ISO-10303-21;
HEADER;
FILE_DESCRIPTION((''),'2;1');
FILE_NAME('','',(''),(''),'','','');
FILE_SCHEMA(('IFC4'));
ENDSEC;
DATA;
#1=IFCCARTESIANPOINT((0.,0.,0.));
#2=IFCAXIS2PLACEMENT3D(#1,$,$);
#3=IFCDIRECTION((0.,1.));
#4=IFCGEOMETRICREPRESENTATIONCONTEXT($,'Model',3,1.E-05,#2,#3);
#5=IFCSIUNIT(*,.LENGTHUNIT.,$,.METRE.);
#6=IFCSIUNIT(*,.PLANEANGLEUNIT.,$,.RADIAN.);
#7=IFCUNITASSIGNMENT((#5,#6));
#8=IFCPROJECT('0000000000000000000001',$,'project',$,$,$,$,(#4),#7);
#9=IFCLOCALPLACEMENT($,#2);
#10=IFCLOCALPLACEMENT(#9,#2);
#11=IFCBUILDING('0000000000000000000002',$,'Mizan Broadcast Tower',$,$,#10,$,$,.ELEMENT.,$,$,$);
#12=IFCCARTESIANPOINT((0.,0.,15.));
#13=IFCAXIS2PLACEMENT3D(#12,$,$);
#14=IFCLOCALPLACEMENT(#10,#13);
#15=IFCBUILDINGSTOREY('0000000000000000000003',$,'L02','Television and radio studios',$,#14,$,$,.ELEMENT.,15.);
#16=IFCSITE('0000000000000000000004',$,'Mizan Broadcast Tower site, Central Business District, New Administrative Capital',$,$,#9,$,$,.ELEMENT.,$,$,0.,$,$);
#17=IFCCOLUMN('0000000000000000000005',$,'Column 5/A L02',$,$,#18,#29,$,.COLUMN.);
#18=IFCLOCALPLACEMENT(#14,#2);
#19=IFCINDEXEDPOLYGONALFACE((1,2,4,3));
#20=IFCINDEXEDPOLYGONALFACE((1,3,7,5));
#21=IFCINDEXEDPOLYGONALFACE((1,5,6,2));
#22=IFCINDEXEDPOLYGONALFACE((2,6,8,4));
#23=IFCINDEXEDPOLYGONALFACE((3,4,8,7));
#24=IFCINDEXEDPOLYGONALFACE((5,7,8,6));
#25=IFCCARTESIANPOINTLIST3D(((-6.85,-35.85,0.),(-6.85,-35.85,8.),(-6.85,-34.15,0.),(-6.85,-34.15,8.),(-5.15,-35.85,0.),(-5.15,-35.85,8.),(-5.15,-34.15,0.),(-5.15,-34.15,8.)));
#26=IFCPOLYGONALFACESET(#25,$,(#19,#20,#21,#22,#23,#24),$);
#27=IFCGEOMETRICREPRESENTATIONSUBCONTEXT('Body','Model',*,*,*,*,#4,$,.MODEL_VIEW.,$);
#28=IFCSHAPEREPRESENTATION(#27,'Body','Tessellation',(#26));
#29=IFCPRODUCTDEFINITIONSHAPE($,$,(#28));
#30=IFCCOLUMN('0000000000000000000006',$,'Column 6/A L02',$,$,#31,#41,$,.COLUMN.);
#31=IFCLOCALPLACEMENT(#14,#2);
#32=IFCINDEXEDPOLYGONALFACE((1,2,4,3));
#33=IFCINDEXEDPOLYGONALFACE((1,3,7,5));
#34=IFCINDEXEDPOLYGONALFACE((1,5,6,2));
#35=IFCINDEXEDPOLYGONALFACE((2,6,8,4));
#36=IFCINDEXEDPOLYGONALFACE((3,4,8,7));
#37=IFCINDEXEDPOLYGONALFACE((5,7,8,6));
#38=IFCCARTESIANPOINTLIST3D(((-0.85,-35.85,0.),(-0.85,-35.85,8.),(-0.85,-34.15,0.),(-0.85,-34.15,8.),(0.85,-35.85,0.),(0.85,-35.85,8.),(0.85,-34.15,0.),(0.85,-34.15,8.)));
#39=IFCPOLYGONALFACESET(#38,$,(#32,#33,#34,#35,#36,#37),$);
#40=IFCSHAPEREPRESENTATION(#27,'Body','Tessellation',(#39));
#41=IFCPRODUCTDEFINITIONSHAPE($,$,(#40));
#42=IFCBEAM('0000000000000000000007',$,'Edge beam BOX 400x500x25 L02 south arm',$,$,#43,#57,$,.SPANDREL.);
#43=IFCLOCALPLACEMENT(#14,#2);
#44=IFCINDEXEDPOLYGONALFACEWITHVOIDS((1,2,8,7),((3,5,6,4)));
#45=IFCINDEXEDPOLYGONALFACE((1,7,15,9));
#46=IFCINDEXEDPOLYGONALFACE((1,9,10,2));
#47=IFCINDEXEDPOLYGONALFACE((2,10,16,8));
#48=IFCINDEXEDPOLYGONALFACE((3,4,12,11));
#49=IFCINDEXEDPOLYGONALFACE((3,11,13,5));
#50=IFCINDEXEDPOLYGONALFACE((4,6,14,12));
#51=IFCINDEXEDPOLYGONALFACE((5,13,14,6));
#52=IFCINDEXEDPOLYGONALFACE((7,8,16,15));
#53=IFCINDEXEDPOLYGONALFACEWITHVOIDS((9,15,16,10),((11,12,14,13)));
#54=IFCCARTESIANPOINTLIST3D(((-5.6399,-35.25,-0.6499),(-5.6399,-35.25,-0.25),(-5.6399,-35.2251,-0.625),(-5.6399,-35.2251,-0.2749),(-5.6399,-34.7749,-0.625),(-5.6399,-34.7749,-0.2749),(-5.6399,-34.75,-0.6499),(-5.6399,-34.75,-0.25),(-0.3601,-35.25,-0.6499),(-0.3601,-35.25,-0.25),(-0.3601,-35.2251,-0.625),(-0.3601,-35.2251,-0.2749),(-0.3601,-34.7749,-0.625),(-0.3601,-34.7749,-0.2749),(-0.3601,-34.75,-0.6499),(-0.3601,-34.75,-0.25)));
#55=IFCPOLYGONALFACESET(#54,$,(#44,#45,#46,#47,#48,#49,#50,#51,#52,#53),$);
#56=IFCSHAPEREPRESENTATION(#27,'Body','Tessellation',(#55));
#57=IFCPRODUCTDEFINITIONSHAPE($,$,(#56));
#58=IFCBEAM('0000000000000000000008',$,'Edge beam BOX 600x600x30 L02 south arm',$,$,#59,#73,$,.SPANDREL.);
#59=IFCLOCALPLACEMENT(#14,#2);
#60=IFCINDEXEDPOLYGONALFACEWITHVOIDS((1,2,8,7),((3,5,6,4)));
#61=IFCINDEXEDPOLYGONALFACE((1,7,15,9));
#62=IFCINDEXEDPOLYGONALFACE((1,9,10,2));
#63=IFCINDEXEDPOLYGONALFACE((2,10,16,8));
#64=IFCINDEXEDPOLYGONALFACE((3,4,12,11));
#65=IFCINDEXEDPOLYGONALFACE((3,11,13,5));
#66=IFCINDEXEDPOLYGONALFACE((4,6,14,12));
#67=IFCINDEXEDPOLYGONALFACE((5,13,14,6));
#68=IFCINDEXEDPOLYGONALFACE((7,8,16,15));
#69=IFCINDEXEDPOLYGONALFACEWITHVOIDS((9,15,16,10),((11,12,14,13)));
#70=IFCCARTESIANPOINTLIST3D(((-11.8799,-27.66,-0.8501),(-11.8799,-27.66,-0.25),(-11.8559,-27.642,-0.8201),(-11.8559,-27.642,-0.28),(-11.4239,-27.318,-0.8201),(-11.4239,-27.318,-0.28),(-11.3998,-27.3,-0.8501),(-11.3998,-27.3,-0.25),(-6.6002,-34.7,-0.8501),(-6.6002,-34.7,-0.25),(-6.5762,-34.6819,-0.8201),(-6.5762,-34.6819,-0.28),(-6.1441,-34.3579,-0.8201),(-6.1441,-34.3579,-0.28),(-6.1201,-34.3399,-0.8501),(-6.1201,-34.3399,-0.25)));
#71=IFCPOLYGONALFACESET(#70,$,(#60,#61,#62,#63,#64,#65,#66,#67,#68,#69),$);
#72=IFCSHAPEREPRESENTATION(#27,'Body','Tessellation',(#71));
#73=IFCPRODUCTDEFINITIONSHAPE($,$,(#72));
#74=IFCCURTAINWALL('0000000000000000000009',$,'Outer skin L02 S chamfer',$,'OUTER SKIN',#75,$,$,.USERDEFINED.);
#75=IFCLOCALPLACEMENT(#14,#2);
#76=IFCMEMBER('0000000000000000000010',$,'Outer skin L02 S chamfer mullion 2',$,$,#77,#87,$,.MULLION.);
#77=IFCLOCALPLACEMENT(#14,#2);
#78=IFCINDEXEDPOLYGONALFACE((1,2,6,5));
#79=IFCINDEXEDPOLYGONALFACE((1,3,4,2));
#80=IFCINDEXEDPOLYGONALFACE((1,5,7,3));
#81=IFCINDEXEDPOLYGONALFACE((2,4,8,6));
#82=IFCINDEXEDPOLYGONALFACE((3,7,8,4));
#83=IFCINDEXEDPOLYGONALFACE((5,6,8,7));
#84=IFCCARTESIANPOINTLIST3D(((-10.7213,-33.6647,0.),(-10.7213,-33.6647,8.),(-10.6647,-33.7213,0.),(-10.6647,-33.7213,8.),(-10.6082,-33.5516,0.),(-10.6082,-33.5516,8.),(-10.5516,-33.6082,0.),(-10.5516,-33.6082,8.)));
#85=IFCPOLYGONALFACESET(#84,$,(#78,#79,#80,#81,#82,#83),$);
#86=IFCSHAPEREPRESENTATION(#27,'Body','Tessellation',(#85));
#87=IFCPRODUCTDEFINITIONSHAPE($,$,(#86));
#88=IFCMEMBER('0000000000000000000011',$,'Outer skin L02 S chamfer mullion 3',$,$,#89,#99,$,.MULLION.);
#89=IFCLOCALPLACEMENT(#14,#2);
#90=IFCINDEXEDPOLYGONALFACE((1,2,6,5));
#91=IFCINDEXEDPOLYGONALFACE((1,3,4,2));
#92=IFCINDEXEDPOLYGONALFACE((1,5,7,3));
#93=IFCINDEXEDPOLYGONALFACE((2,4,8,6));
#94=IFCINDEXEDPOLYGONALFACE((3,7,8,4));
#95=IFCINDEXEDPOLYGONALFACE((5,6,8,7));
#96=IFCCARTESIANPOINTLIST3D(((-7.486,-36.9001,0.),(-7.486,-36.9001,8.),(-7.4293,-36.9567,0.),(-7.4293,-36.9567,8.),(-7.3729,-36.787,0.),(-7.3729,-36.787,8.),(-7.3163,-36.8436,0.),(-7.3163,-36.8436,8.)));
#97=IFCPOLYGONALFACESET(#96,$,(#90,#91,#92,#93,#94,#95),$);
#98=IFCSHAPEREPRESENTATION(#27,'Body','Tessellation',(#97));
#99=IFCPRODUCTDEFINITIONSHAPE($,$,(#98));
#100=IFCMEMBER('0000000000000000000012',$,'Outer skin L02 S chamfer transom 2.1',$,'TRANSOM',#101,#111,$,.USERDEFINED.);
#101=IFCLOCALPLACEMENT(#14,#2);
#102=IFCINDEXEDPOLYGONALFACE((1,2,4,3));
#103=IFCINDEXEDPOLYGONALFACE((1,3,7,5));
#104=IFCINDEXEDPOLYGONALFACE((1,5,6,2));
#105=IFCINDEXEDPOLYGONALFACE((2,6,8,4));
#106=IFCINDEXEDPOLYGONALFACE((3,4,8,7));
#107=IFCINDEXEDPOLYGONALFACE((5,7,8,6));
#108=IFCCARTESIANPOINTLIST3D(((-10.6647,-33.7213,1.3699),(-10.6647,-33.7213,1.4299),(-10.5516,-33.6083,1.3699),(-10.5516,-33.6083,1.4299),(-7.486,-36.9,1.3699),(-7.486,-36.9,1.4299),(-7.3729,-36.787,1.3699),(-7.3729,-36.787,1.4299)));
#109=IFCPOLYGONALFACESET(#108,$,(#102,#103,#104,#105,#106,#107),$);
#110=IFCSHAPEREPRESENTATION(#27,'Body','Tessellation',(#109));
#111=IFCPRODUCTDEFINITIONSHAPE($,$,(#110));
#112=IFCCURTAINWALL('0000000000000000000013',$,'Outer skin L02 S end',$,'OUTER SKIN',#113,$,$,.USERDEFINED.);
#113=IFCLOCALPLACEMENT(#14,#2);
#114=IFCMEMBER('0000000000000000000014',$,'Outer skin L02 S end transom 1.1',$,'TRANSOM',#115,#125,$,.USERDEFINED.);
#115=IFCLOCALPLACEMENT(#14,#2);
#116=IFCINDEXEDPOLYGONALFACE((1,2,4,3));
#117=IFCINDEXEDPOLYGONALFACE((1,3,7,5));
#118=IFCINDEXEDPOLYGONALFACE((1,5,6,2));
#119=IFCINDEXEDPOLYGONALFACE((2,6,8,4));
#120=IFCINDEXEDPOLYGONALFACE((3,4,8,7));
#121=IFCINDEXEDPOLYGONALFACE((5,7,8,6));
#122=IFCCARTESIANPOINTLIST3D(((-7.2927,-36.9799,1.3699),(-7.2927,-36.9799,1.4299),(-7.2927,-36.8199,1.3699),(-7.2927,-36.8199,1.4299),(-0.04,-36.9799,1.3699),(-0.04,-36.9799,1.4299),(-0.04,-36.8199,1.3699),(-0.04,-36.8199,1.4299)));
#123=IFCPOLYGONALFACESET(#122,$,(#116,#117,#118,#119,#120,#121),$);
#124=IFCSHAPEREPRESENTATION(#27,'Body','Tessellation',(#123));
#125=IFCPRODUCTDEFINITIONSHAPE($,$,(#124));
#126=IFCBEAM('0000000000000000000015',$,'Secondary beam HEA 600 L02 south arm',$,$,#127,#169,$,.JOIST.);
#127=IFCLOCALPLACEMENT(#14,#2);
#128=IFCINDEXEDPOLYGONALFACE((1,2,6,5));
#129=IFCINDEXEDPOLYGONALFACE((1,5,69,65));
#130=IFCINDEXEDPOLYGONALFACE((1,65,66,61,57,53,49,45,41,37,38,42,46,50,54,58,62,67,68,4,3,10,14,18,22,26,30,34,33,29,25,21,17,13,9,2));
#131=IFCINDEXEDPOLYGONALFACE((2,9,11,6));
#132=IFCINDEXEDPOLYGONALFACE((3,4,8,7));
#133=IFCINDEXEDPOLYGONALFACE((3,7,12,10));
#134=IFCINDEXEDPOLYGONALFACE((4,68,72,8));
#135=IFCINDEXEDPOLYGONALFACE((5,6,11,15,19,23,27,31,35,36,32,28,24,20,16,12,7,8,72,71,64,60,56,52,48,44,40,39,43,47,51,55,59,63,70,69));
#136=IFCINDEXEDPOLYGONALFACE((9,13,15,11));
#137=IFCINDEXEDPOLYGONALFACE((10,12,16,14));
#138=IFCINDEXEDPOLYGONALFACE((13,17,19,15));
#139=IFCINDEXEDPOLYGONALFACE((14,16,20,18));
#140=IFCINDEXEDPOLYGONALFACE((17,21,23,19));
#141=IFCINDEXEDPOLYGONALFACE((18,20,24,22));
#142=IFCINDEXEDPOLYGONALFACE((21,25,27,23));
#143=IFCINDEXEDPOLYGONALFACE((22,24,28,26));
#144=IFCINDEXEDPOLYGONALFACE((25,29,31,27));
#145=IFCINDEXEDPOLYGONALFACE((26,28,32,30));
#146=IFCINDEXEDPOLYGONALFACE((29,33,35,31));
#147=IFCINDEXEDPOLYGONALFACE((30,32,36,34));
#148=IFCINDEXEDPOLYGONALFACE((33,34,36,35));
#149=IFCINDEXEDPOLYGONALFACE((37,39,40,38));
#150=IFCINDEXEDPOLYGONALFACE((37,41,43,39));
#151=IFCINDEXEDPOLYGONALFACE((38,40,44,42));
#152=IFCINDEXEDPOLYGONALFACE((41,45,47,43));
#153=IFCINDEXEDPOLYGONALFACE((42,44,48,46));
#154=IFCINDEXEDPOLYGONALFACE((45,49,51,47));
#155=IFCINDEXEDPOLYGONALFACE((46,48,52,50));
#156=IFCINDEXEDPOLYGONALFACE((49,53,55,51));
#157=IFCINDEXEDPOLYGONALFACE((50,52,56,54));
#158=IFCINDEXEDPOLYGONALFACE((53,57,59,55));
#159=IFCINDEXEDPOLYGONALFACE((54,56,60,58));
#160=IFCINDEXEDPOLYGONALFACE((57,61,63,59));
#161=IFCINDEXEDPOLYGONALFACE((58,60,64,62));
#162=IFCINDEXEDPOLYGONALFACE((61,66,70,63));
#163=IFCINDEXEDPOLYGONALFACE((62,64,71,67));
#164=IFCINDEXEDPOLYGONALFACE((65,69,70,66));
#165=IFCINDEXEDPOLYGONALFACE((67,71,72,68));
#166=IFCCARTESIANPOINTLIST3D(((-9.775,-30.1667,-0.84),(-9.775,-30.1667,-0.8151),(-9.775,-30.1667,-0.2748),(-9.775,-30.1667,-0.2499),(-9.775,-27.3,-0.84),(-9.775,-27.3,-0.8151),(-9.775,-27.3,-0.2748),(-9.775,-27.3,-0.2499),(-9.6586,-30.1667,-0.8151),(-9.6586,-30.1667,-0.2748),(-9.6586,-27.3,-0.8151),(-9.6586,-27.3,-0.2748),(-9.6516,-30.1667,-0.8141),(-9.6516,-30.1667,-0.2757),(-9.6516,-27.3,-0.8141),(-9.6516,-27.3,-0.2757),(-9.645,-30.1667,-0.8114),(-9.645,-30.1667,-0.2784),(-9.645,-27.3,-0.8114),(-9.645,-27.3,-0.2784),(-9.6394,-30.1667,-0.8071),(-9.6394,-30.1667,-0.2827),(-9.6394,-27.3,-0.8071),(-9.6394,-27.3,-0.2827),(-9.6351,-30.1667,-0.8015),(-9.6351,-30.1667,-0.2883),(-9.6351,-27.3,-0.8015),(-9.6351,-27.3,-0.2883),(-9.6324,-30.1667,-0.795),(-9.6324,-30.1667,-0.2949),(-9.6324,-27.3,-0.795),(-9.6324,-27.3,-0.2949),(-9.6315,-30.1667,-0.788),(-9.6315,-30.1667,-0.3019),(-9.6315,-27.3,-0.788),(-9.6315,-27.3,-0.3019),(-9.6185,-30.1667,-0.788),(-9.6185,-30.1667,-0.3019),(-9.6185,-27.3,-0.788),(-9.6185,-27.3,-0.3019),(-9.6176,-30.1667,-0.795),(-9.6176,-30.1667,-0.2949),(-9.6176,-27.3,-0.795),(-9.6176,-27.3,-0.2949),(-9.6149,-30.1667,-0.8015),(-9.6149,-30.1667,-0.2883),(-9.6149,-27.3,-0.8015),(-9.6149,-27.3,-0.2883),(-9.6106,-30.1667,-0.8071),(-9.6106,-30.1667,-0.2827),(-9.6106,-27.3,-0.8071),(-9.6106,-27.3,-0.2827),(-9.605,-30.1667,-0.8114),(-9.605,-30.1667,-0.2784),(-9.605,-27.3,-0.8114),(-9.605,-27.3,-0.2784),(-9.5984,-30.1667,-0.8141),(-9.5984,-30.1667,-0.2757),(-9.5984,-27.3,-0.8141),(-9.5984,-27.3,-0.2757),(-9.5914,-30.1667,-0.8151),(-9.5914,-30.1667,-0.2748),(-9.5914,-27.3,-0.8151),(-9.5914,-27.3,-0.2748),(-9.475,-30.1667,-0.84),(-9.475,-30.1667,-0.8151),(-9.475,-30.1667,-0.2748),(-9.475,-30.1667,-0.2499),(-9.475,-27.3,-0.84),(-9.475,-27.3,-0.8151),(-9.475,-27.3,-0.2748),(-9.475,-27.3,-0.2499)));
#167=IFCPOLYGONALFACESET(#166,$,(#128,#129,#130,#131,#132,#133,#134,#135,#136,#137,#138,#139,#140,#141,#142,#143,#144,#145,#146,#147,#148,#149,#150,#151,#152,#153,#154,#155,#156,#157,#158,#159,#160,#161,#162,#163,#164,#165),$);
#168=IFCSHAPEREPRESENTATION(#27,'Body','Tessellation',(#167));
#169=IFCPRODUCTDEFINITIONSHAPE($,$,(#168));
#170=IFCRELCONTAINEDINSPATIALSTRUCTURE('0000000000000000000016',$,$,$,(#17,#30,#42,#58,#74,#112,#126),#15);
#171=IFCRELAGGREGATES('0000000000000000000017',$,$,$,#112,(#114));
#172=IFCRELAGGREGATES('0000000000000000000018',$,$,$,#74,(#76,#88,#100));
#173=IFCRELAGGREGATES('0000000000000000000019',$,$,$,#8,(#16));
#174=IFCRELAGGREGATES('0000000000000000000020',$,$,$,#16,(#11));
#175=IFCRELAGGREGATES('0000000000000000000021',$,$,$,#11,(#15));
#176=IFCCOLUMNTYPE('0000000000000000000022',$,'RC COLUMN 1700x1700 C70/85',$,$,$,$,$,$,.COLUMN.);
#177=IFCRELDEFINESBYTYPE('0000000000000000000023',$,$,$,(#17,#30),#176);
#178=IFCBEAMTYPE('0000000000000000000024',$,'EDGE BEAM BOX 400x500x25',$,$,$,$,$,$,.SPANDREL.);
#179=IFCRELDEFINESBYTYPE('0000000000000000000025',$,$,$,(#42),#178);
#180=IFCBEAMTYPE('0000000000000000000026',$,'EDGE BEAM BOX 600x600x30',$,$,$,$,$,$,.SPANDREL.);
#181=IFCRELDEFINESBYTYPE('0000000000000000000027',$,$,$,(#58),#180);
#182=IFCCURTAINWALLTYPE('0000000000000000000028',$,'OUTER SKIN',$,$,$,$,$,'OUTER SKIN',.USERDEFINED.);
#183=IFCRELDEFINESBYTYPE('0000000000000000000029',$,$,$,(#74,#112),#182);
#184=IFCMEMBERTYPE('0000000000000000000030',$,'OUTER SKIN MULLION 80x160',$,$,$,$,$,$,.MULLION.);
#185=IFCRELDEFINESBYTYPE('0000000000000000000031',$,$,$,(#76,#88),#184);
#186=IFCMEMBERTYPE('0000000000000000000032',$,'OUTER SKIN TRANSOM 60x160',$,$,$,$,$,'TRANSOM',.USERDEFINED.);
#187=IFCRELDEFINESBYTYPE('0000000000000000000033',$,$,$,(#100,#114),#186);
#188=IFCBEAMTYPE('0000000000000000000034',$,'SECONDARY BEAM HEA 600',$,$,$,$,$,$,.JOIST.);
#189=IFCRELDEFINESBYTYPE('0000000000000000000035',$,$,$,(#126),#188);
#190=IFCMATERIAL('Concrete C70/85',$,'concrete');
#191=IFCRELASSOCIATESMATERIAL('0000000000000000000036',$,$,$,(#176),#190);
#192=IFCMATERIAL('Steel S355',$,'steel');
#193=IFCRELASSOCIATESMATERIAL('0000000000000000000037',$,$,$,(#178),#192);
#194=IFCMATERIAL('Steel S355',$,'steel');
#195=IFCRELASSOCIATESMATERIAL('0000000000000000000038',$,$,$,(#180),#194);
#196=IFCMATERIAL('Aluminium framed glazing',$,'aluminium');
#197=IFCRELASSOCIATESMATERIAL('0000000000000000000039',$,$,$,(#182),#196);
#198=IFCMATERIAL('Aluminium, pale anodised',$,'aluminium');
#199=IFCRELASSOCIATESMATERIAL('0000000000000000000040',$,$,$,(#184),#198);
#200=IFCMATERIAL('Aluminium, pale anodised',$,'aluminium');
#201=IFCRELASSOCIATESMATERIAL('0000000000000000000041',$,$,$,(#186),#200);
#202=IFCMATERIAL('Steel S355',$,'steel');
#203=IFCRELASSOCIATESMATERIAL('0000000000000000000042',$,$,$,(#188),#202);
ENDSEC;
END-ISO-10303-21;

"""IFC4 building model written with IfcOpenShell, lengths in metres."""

from ifc_helpers import new_model, si_unit, direction, frame, origin, origin_2d, place, context, subcontext, project, spatial, rectangle, hollow_rectangle, i_section, extrude, material, material_profile, profile_set, type_object, element, aggregate, save


model = new_model("IFC4")

# Units and contexts
model_context = context("Model", 3, precision=1e-05, world=origin(), true_north=direction((0.0, 1.0)))
body_context = subcontext(model_context, "Body", "Model", "MODEL_VIEW")
ifc_project = project(units=[si_unit("LENGTHUNIT", "METRE"), si_unit("PLANEANGLEUNIT", "RADIAN")], contexts=[model_context])

# Site, building, storey
site_placement = place(None, origin())
site = spatial("IfcSite", under=ifc_project, at=site_placement, Name="Mizan Broadcast Tower site, Central Business District, New Administrative Capital", CompositionType="ELEMENT", RefElevation=0.0)
building_placement = place(site_placement, origin())
building = spatial("IfcBuilding", under=site, at=building_placement, Name="Mizan Broadcast Tower", CompositionType="ELEMENT")
storey_placement = place(building_placement, frame((0.0, 0.0, 15.0)))
storey = spatial("IfcBuildingStorey", under=building, at=storey_placement, Name="L02", Description="Television and radio studios", CompositionType="ELEMENT", Elevation=15.0)

# Columns
ifc_material_1 = material(Name="Concrete C70/85", Category="concrete")
ifc_material_profile_1 = material_profile(ifc_material_1, rectangle(XDim=1.7, YDim=1.7, at=origin_2d()), Name="RC 1700x1700")
ifc_profile_set_1 = profile_set([ifc_material_profile_1], Name="Concrete C70/85")
column_type = type_object("IfcColumnType", Name="RC COLUMN 1700x1700 C70/85", PredefinedType="COLUMN", material=ifc_profile_set_1)
for number, where, z_axis, x_axis, name in (
    (1, (-6.0, -35.0, 0.0), (0.0, 0.0, 1.0), (1.0, 0.0, 0.0), "Column 5/A L02"),
    (2, (0.0, -35.0, 0.0), (0.0, 0.0, 1.0), (1.0, 0.0, 0.0), "Column 6/A L02"),
):
    element("IfcColumn", number, at=place(storey_placement, frame(where, z_axis=z_axis, x_axis=x_axis)), inside=storey, type_object=column_type, Name=name, PredefinedType="COLUMN", context=body_context, shape_type="SweptSolid", body=[
        extrude(rectangle(XDim=1.7, YDim=1.7, at=origin_2d()), origin(), (0.0, 0.0, 1.0), 8.0),
    ])

# Beams
ifc_material_2 = material(Name="Steel S355", Category="steel")
ifc_material_profile_2 = material_profile(ifc_material_2, hollow_rectangle(XDim=0.5, YDim=0.3999, WallThickness=0.0249, at=origin_2d()), Name="BOX 400x500x25")
ifc_profile_set_2 = profile_set([ifc_material_profile_2], Name="Steel S355")
beam_type_1 = type_object("IfcBeamType", Name="EDGE BEAM BOX 400x500x25", PredefinedType="SPANDREL", material=ifc_profile_set_2)
beam_1_placement = place(storey_placement, frame((-5.6399, -35.0, -0.45), z_axis=(1.0, 0.0, 0.0), x_axis=(0.0, 1.0, 0.0)))
element("IfcBeam", 3, at=beam_1_placement, inside=storey, type_object=beam_type_1, Name="Edge beam BOX 400x500x25 L02 south arm", PredefinedType="SPANDREL", context=body_context, shape_type="SweptSolid", body=[
    extrude(hollow_rectangle(XDim=0.5, YDim=0.3999, WallThickness=0.0249, at=origin_2d()), origin(), (0.0, 0.0, 1.0), 5.2798),
])
ifc_material_3 = material(Name="Steel S355", Category="steel")
ifc_material_profile_3 = material_profile(ifc_material_3, hollow_rectangle(XDim=0.6001, YDim=0.6001, WallThickness=0.03, at=origin_2d()), Name="BOX 600x600x30")
ifc_profile_set_3 = profile_set([ifc_material_profile_3], Name="Steel S355")
beam_type_2 = type_object("IfcBeamType", Name="EDGE BEAM BOX 600x600x30", PredefinedType="SPANDREL", material=ifc_profile_set_3)
beam_2_placement = place(storey_placement, frame((-11.6399, -27.48, -0.55), z_axis=(0.599982, -0.800013, 0.0), x_axis=(0.800013, 0.599982, 0.0)))
element("IfcBeam", 4, at=beam_2_placement, inside=storey, type_object=beam_type_2, Name="Edge beam BOX 600x600x30 L02 south arm", PredefinedType="SPANDREL", context=body_context, shape_type="SweptSolid", body=[
    extrude(hollow_rectangle(XDim=0.6001, YDim=0.6001, WallThickness=0.03, at=origin_2d()), origin(), (0.0, 0.0, 1.0), 8.7998),
])

# Curtain wall, members
ifc_material_4 = material(Name="Aluminium framed glazing", Category="aluminium")
curtain_wall_type = type_object("IfcCurtainWallType", Name="OUTER SKIN", ElementType="OUTER SKIN", PredefinedType="USERDEFINED", material=ifc_material_4)
curtain_wall_1_placement = place(storey_placement, origin())
curtain_wall_1 = element("IfcCurtainWall", 5, at=curtain_wall_1_placement, inside=storey, type_object=curtain_wall_type, Name="Outer skin L02 S chamfer", ObjectType="OUTER SKIN", PredefinedType="USERDEFINED")
ifc_material_5 = material(Name="Aluminium, pale anodised", Category="aluminium")
ifc_material_profile_4 = material_profile(ifc_material_5, rectangle(XDim=0.1599, YDim=0.0801, at=origin_2d()), Name="MULLION 160x80")
ifc_profile_set_4 = profile_set([ifc_material_profile_4], Name="Aluminium, pale anodised")
member_type_1 = type_object("IfcMemberType", Name="OUTER SKIN MULLION 80x160", PredefinedType="MULLION", material=ifc_profile_set_4)
member_1_placement = place(storey_placement, frame((-10.6365, -33.6365, 0.0), z_axis=(0.0, 0.0, 1.0), x_axis=(0.707107, 0.707107, 0.0)))
member_1 = element("IfcMember", 6, at=member_1_placement, type_object=member_type_1, Name="Outer skin L02 S chamfer mullion 2", PredefinedType="MULLION", context=body_context, shape_type="SweptSolid", body=[
    extrude(rectangle(XDim=0.1599, YDim=0.0801, at=origin_2d()), origin(), (0.0, 0.0, 1.0), 8.0),
])
member_2_placement = place(storey_placement, frame((-7.4011, -36.8718, 0.0), z_axis=(0.0, 0.0, 1.0), x_axis=(0.707107, 0.707107, 0.0)))
member_2 = element("IfcMember", 7, at=member_2_placement, type_object=member_type_1, Name="Outer skin L02 S chamfer mullion 3", PredefinedType="MULLION", context=body_context, shape_type="SweptSolid", body=[
    extrude(rectangle(XDim=0.1599, YDim=0.0801, at=origin_2d()), origin(), (0.0, 0.0, 1.0), 8.0),
])
ifc_material_6 = material(Name="Aluminium, pale anodised", Category="aluminium")
ifc_material_profile_5 = material_profile(ifc_material_6, rectangle(XDim=0.1599, YDim=0.0601, at=origin_2d()), Name="TRANSOM 160x60")
ifc_profile_set_5 = profile_set([ifc_material_profile_5], Name="Aluminium, pale anodised")
member_type_2 = type_object("IfcMemberType", Name="OUTER SKIN TRANSOM 60x160", ElementType="TRANSOM", PredefinedType="USERDEFINED", material=ifc_profile_set_5)
member_3_placement = place(storey_placement, frame((-10.6082, -33.6648, 1.3999), z_axis=(0.707107, -0.707107, 0.0), x_axis=(0.707107, 0.707107, 0.0)))
member_3 = element("IfcMember", 8, at=member_3_placement, type_object=member_type_2, Name="Outer skin L02 S chamfer transom 2.1", ObjectType="TRANSOM", PredefinedType="USERDEFINED", context=body_context, shape_type="SweptSolid", body=[
    extrude(rectangle(XDim=0.1599, YDim=0.0601, at=origin_2d()), origin(), (0.0, 0.0, 1.0), 4.4954),
])

# Curtain wall, member
curtain_wall_2_placement = place(storey_placement, origin())
curtain_wall_2 = element("IfcCurtainWall", 9, at=curtain_wall_2_placement, inside=storey, type_object=curtain_wall_type, Name="Outer skin L02 S end", ObjectType="OUTER SKIN", PredefinedType="USERDEFINED")
member_4_placement = place(storey_placement, frame((-7.2927, -36.8999, 1.3999), z_axis=(1.0, 0.0, 0.0), x_axis=(0.0, 1.0, 0.0)))
member_4 = element("IfcMember", 10, at=member_4_placement, type_object=member_type_2, Name="Outer skin L02 S end transom 1.1", ObjectType="TRANSOM", PredefinedType="USERDEFINED", context=body_context, shape_type="SweptSolid", body=[
    extrude(rectangle(XDim=0.1599, YDim=0.0601, at=origin_2d()), origin(), (0.0, 0.0, 1.0), 7.2527),
])

# Beam
ifc_material_7 = material(Name="Steel S355", Category="steel")
ifc_material_profile_6 = material_profile(ifc_material_7, i_section(OverallWidth=0.3, OverallDepth=0.5901, WebThickness=0.0129, FlangeThickness=0.0249, FilletRadius=0.0271, at=origin_2d()), Name="HEA 600")
ifc_profile_set_6 = profile_set([ifc_material_profile_6], Name="Steel S355")
beam_type_3 = type_object("IfcBeamType", Name="SECONDARY BEAM HEA 600", PredefinedType="JOIST", material=ifc_profile_set_6)
beam_3_placement = place(storey_placement, frame((-9.625, -27.3, -0.5449), z_axis=(0.0, -1.0, 0.0), x_axis=(1.0, 0.0, 0.0)))
element("IfcBeam", 11, at=beam_3_placement, inside=storey, type_object=beam_type_3, Name="Secondary beam HEA 600 L02 south arm", PredefinedType="JOIST", context=body_context, shape_type="SweptSolid", body=[
    extrude(i_section(OverallWidth=0.3, OverallDepth=0.5901, WebThickness=0.0129, FlangeThickness=0.0249, FilletRadius=0.0271, at=origin_2d()), origin(), (0.0, 0.0, 1.0), 2.8667),
])

aggregate(curtain_wall_2, [member_4])
aggregate(curtain_wall_1, [member_1, member_2, member_3])

save(model, "model.ifc")
